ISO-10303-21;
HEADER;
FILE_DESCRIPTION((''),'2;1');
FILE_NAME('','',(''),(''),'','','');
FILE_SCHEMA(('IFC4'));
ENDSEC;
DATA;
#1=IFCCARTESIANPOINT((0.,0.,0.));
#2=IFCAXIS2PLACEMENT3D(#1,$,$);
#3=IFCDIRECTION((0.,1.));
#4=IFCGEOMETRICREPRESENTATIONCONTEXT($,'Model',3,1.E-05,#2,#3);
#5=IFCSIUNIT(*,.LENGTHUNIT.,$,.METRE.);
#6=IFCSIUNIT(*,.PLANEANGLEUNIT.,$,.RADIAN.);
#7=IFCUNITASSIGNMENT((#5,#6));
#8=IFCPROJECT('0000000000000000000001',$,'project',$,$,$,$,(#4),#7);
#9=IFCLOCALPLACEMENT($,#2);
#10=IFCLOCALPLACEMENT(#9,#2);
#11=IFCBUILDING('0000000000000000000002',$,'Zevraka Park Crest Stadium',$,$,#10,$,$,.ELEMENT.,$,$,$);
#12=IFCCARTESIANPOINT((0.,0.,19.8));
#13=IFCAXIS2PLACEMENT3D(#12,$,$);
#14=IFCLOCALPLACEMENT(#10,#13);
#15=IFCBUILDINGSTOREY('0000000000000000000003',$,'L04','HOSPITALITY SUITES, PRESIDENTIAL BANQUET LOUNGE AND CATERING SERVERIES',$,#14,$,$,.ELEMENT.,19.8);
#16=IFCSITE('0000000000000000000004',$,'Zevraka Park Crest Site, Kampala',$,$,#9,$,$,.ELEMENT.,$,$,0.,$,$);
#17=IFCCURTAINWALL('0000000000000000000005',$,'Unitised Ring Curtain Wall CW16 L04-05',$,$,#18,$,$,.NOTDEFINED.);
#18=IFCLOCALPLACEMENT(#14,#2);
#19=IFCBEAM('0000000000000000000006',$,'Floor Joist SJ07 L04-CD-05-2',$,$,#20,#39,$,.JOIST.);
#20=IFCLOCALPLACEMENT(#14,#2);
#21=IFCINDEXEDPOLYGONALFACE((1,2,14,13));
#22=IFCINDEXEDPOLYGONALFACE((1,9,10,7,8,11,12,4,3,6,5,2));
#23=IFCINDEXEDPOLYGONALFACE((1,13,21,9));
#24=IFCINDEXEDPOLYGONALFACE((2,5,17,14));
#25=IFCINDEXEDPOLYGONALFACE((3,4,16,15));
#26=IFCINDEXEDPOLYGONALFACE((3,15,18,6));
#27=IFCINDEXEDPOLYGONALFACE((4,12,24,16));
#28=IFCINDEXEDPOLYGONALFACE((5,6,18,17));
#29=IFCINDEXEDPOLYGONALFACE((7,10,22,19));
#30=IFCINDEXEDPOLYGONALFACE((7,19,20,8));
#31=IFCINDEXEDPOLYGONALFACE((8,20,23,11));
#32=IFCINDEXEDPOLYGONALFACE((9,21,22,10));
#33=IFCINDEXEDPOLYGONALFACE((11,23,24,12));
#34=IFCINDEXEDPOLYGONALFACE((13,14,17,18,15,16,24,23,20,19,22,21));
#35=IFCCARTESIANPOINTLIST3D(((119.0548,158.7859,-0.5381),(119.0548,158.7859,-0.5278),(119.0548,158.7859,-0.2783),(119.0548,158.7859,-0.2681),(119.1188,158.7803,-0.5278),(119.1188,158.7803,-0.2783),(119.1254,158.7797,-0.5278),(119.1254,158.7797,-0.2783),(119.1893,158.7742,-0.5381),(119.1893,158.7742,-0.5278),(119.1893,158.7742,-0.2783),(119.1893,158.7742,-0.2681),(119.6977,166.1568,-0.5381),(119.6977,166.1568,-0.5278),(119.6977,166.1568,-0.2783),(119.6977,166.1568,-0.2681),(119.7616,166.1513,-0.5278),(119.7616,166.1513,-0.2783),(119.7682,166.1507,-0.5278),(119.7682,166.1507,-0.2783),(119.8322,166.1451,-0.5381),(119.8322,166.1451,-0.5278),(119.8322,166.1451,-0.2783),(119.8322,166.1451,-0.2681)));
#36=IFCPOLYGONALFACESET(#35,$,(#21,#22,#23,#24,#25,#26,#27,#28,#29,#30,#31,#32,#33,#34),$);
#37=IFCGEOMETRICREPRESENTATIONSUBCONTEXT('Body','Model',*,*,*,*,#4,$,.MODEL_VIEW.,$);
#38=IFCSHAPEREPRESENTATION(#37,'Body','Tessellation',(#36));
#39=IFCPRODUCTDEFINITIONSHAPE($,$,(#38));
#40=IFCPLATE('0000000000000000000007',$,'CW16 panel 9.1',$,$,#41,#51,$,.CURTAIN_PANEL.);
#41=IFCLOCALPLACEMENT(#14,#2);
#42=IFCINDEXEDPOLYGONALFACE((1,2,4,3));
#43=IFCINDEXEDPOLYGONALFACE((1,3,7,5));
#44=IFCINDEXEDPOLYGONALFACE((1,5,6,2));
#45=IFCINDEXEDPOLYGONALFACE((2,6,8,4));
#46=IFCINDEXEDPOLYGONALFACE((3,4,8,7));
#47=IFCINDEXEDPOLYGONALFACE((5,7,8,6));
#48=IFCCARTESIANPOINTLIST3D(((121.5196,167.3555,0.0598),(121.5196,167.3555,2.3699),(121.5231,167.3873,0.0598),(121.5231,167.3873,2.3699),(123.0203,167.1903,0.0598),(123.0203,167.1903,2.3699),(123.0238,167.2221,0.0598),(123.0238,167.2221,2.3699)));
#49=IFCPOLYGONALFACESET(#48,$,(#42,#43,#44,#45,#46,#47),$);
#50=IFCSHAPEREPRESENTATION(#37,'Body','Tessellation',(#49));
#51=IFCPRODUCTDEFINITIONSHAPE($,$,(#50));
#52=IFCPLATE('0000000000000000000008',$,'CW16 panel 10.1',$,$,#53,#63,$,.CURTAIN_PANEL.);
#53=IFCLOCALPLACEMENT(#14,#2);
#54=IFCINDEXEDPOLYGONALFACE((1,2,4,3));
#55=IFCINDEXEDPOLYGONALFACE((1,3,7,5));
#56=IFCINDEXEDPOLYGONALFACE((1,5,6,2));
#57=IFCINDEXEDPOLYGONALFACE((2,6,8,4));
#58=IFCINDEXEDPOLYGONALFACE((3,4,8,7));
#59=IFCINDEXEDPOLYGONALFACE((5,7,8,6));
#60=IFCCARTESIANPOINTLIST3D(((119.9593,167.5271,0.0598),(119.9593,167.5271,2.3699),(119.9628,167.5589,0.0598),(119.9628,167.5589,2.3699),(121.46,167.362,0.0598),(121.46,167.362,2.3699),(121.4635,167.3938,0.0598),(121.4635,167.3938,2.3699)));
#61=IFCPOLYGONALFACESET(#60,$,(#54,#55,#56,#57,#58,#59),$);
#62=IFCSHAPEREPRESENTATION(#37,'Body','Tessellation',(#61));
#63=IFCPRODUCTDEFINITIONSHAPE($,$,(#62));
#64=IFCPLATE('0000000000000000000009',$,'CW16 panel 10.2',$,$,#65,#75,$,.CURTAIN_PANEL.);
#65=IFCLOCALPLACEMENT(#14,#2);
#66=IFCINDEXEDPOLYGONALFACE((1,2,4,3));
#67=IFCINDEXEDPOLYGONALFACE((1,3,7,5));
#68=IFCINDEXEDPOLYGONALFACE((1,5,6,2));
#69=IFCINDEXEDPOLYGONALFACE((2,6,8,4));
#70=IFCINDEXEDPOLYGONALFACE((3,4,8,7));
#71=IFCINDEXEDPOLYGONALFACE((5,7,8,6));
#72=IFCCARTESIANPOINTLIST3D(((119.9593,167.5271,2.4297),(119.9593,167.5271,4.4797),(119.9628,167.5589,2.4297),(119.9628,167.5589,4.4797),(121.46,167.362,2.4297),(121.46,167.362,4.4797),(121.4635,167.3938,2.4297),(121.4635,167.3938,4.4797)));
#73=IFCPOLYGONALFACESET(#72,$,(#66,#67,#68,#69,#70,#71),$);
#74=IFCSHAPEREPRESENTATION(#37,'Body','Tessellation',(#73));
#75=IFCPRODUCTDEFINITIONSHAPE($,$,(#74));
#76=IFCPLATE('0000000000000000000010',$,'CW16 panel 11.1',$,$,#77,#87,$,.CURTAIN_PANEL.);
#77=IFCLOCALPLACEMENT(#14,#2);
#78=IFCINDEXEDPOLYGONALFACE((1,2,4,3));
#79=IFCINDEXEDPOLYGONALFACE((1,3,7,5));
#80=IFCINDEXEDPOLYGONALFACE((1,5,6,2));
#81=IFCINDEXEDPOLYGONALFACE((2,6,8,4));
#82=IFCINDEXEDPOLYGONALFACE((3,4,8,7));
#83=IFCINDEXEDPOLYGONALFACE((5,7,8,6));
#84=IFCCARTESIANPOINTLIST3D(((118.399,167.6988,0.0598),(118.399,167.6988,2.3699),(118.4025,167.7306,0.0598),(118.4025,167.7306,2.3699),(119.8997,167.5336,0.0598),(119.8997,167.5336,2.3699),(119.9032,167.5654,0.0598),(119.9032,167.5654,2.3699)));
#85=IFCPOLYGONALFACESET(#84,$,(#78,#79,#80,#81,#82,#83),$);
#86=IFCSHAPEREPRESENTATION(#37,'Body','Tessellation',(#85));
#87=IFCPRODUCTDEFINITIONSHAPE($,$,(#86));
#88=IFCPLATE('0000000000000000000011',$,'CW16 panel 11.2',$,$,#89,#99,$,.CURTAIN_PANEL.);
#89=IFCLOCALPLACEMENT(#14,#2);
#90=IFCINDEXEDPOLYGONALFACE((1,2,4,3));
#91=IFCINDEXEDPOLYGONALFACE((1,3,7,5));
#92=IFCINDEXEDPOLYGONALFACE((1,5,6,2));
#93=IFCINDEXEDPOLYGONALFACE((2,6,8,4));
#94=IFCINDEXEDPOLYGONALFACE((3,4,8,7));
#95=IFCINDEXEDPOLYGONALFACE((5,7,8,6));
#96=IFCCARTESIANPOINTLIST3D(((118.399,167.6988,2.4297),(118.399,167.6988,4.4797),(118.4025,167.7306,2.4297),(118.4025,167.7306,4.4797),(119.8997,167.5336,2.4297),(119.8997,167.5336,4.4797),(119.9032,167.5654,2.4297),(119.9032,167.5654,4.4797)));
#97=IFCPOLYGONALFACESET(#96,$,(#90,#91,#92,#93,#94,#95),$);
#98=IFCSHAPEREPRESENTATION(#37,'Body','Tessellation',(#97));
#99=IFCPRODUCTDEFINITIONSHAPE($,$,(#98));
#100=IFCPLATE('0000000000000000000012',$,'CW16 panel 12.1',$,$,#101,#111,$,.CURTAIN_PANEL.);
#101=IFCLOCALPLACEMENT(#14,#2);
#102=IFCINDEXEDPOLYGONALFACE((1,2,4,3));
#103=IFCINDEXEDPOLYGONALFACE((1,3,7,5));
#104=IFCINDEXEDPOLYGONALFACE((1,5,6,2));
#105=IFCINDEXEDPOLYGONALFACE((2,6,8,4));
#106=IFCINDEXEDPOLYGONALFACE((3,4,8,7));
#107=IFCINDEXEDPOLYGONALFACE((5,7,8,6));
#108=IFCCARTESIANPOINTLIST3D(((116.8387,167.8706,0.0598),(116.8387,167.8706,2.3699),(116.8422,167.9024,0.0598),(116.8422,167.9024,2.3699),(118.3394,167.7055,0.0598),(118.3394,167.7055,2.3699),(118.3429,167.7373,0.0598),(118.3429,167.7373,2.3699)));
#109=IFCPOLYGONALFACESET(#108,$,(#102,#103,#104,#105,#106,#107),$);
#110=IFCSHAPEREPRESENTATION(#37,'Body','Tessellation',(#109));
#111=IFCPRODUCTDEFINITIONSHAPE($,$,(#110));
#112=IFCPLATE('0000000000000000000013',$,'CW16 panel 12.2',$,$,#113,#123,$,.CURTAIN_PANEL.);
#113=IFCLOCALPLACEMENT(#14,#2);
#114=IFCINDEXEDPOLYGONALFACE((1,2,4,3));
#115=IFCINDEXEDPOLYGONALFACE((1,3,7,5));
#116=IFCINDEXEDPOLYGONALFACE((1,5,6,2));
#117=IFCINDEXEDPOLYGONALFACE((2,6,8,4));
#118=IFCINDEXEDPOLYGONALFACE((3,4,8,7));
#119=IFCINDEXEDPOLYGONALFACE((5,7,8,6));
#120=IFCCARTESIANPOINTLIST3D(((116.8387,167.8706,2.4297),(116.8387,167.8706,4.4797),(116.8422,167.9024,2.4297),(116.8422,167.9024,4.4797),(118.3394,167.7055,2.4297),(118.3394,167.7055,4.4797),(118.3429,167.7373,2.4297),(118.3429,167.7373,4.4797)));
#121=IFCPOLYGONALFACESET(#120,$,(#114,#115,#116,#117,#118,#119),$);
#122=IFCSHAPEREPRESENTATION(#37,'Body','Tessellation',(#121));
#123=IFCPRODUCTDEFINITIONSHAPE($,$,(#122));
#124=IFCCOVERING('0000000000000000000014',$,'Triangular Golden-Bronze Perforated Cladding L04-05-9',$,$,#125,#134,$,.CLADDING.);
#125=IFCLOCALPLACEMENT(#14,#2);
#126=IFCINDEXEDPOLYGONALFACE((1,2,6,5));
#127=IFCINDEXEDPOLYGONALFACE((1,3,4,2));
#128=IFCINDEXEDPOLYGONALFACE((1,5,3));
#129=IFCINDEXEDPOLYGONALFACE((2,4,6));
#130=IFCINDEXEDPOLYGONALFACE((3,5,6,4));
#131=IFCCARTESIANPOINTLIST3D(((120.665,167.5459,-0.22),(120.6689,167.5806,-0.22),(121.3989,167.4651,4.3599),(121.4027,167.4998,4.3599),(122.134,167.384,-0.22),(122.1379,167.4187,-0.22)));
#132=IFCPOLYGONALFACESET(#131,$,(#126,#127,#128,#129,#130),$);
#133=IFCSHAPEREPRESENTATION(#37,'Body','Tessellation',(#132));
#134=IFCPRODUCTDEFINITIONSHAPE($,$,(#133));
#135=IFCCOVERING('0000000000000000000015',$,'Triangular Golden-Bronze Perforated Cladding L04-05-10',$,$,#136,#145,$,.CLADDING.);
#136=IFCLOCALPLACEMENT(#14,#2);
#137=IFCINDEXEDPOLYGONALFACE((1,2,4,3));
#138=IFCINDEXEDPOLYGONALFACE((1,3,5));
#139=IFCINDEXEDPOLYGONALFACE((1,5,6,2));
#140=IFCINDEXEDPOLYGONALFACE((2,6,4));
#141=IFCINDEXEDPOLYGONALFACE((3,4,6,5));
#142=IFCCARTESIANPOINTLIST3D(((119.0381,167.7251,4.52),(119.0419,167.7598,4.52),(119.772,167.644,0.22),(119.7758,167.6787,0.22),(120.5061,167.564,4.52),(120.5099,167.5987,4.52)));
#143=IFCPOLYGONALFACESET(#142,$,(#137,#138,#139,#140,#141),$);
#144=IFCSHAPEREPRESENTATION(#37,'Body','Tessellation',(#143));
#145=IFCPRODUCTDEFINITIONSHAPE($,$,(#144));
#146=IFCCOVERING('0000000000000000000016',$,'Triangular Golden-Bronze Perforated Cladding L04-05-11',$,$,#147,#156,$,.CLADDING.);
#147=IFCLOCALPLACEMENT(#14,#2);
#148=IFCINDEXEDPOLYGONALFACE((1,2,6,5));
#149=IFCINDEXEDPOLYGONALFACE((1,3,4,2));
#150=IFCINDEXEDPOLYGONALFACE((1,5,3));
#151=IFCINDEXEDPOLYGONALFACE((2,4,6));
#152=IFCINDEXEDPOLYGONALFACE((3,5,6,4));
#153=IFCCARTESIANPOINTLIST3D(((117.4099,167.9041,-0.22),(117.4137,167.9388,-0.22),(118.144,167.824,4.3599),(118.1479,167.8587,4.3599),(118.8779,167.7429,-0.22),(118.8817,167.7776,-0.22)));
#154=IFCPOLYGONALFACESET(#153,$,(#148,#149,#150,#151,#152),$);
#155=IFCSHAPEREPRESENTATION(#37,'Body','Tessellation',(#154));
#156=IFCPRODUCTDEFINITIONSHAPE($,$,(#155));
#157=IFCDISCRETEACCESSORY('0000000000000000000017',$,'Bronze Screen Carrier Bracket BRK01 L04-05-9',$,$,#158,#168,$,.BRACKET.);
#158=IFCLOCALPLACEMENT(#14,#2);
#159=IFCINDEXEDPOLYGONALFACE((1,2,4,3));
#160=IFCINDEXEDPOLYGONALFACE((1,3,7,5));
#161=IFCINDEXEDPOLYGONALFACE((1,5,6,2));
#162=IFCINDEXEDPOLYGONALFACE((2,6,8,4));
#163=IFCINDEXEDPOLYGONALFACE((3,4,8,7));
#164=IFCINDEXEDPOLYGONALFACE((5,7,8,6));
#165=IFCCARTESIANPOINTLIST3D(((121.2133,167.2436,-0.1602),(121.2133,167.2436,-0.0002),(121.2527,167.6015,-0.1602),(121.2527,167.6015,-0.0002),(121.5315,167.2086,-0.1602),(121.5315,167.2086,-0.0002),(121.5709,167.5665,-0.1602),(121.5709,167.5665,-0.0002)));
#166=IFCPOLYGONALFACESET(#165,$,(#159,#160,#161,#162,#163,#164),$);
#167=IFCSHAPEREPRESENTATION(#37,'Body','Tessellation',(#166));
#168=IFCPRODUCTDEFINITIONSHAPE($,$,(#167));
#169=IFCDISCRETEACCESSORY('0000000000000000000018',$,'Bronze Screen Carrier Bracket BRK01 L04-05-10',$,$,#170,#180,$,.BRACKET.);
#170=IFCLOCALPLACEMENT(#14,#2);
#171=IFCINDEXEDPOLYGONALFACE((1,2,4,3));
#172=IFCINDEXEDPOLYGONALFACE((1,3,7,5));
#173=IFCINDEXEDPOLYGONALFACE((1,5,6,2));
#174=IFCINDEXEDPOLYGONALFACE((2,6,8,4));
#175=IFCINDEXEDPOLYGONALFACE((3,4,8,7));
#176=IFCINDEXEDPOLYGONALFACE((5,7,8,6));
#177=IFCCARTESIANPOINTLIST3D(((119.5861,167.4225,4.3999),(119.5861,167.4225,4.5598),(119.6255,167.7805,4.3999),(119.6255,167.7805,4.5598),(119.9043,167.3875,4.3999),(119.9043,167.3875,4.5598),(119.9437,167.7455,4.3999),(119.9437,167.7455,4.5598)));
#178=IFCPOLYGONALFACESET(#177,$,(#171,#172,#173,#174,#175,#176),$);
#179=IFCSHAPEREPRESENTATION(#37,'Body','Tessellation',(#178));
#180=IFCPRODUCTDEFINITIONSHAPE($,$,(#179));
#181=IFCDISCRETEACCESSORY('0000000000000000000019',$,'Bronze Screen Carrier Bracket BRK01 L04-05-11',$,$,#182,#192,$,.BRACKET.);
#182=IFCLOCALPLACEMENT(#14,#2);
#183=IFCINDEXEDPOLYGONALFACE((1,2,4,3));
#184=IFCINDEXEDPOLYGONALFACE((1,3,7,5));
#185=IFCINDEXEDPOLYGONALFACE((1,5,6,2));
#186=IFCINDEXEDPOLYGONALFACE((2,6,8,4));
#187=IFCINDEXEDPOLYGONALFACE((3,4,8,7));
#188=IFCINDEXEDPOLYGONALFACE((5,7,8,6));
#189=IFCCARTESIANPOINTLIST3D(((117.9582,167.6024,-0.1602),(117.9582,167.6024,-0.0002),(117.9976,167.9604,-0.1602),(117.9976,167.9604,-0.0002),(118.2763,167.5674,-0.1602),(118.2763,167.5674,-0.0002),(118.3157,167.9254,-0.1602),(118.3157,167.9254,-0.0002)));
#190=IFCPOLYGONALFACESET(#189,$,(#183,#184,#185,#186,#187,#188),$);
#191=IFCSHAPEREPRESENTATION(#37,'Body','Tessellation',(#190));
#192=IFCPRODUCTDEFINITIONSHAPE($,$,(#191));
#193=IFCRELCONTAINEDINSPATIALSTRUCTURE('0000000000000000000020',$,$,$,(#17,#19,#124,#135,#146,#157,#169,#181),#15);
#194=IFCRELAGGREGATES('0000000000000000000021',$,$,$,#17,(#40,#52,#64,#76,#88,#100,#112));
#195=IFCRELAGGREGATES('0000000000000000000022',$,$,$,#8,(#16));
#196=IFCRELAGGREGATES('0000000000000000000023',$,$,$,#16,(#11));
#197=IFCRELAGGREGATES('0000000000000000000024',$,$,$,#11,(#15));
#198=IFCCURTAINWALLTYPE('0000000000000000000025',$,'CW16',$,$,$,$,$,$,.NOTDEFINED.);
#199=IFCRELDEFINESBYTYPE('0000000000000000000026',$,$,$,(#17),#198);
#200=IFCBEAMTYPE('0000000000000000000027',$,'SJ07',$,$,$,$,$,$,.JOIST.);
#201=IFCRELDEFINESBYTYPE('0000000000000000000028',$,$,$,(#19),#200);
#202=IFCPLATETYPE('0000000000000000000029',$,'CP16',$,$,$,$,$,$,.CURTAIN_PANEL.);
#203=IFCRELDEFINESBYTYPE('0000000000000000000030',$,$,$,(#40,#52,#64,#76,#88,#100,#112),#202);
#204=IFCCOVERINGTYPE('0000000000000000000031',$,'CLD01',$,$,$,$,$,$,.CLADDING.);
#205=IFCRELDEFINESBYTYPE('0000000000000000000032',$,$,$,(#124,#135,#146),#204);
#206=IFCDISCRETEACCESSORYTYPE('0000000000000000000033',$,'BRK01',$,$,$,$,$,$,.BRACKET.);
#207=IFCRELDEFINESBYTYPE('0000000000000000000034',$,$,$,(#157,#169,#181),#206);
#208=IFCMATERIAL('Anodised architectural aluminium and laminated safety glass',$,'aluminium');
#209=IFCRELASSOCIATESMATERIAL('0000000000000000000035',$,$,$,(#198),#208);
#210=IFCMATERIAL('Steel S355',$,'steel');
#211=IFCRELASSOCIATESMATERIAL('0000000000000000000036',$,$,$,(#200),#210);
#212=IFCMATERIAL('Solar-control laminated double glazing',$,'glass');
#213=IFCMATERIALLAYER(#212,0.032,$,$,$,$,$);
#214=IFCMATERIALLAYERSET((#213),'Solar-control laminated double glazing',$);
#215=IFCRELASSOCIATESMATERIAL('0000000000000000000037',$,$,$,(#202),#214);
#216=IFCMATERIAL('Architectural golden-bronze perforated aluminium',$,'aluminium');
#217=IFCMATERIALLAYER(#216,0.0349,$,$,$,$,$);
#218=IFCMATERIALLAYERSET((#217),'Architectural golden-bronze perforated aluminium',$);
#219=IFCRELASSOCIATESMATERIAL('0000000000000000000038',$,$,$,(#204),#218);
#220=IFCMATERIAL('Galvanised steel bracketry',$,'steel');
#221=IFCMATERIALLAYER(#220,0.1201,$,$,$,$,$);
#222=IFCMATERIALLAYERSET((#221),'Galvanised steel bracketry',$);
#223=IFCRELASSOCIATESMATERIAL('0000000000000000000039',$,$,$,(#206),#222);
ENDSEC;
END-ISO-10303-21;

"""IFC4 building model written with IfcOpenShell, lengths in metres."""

from ifc_helpers import new_model, si_unit, direction, frame, origin, origin_2d, place, context, subcontext, project, spatial, polyline, rectangle, i_section, outline, extrude, material, layer, layer_set, material_profile, profile_set, type_object, element, aggregate, save


model = new_model("IFC4")

# Units and contexts
model_context = context("Model", 3, precision=1e-05, world=origin(), true_north=direction((0.0, 1.0)))
body_context = subcontext(model_context, "Body", "Model", "MODEL_VIEW")
ifc_project = project(units=[si_unit("LENGTHUNIT", "METRE"), si_unit("PLANEANGLEUNIT", "RADIAN")], contexts=[model_context])

# Site, building, storey
site_placement = place(None, origin())
site = spatial("IfcSite", under=ifc_project, at=site_placement, Name="Zevraka Park Crest Site, Kampala", CompositionType="ELEMENT", RefElevation=0.0)
building_placement = place(site_placement, origin())
building = spatial("IfcBuilding", under=site, at=building_placement, Name="Zevraka Park Crest Stadium", CompositionType="ELEMENT")
storey_placement = place(building_placement, frame((0.0, 0.0, 19.8)))
storey = spatial("IfcBuildingStorey", under=building, at=storey_placement, Name="L04", Description="HOSPITALITY SUITES, PRESIDENTIAL BANQUET LOUNGE AND CATERING SERVERIES", CompositionType="ELEMENT", Elevation=19.8)

# Curtain wall
ifc_material_1 = material(Name="Anodised architectural aluminium and laminated safety glass", Category="aluminium")
curtain_wall_type = type_object("IfcCurtainWallType", Name="CW16", PredefinedType="NOTDEFINED", material=ifc_material_1)
curtain_wall_placement = place(storey_placement, origin())
curtain_wall = element("IfcCurtainWall", 1, at=curtain_wall_placement, inside=storey, type_object=curtain_wall_type, Name="Unitised Ring Curtain Wall CW16 L04-05", PredefinedType="NOTDEFINED")

# Beam
ifc_material_2 = material(Name="Steel S355", Category="steel")
ifc_material_profile_1 = material_profile(ifc_material_2, i_section(OverallWidth=0.135, OverallDepth=0.27, WebThickness=0.0066, FlangeThickness=0.0103, at=origin_2d()), Name="IPE 270")
ifc_profile_set_1 = profile_set([ifc_material_profile_1], Name="Steel S355")
beam_type = type_object("IfcBeamType", Name="SJ07", PredefinedType="JOIST", material=ifc_profile_set_1)
beam_placement = place(storey_placement, frame((119.1221, 158.78, -0.4031), z_axis=(0.086882, 0.996219, 0.0), x_axis=(-0.996219, 0.086882, 0.0)))
element("IfcBeam", 2, at=beam_placement, inside=storey, type_object=beam_type, Name="Floor Joist SJ07 L04-CD-05-2", PredefinedType="JOIST", context=body_context, shape_type="SweptSolid", body=[
    extrude(i_section(OverallWidth=0.135, OverallDepth=0.27, WebThickness=0.0066, FlangeThickness=0.0103, at=origin_2d()), origin(), (0.0, 0.0, 1.0), 7.3989),
])

# Plates
ifc_material_3 = material(Name="Solar-control laminated double glazing", Category="glass")
ifc_layer_1 = layer(ifc_material_3, 0.032)
ifc_layer_set_1 = layer_set([ifc_layer_1], Name="Solar-control laminated double glazing")
plate_type = type_object("IfcPlateType", Name="CP16", PredefinedType="CURTAIN_PANEL", material=ifc_layer_set_1)
plate_1_placement = place(storey_placement, frame((122.2717, 167.2888, 0.0598), z_axis=(0.0, 0.0, 1.0), x_axis=(-0.993997, 0.109406, 0.0)))
plate_1 = element("IfcPlate", 3, at=plate_1_placement, type_object=plate_type, Name="CW16 panel 9.1", PredefinedType="CURTAIN_PANEL", context=body_context, shape_type="SweptSolid", body=[
    extrude(rectangle(XDim=1.5098, YDim=0.032, at=origin_2d()), origin(), (0.0, 0.0, 1.0), 2.3101),
])
plate_2_placement = place(storey_placement, frame((120.7114, 167.4604, 0.0598), z_axis=(0.0, 0.0, 1.0), x_axis=(-0.993997, 0.109406, 0.0)))
plate_2 = element("IfcPlate", 4, at=plate_2_placement, type_object=plate_type, Name="CW16 panel 10.1", PredefinedType="CURTAIN_PANEL", context=body_context, shape_type="SweptSolid", body=[
    extrude(rectangle(XDim=1.5098, YDim=0.032, at=origin_2d()), origin(), (0.0, 0.0, 1.0), 2.3101),
])
plate_3_placement = place(storey_placement, frame((120.7114, 167.4604, 2.4297), z_axis=(0.0, 0.0, 1.0), x_axis=(-0.993997, 0.109406, 0.0)))
plate_3 = element("IfcPlate", 5, at=plate_3_placement, type_object=plate_type, Name="CW16 panel 10.2", PredefinedType="CURTAIN_PANEL", context=body_context, shape_type="SweptSolid", body=[
    extrude(rectangle(XDim=1.5098, YDim=0.032, at=origin_2d()), origin(), (0.0, 0.0, 1.0), 2.05),
])
plate_4_placement = place(storey_placement, frame((119.1511, 167.6321, 0.0598), z_axis=(0.0, 0.0, 1.0), x_axis=(-0.993997, 0.109406, 0.0)))
plate_4 = element("IfcPlate", 6, at=plate_4_placement, type_object=plate_type, Name="CW16 panel 11.1", PredefinedType="CURTAIN_PANEL", context=body_context, shape_type="SweptSolid", body=[
    extrude(rectangle(XDim=1.5098, YDim=0.032, at=origin_2d()), origin(), (0.0, 0.0, 1.0), 2.3101),
])
plate_5_placement = place(storey_placement, frame((119.1511, 167.6321, 2.4297), z_axis=(0.0, 0.0, 1.0), x_axis=(-0.993997, 0.109406, 0.0)))
plate_5 = element("IfcPlate", 7, at=plate_5_placement, type_object=plate_type, Name="CW16 panel 11.2", PredefinedType="CURTAIN_PANEL", context=body_context, shape_type="SweptSolid", body=[
    extrude(rectangle(XDim=1.5098, YDim=0.032, at=origin_2d()), origin(), (0.0, 0.0, 1.0), 2.05),
])
plate_6_placement = place(storey_placement, frame((117.5908, 167.804, 0.0598), z_axis=(0.0, 0.0, 1.0), x_axis=(-0.993997, 0.109406, 0.0)))
plate_6 = element("IfcPlate", 8, at=plate_6_placement, type_object=plate_type, Name="CW16 panel 12.1", PredefinedType="CURTAIN_PANEL", context=body_context, shape_type="SweptSolid", body=[
    extrude(rectangle(XDim=1.5098, YDim=0.032, at=origin_2d()), origin(), (0.0, 0.0, 1.0), 2.3101),
])
plate_7_placement = place(storey_placement, frame((117.5908, 167.804, 2.4297), z_axis=(0.0, 0.0, 1.0), x_axis=(-0.993997, 0.109406, 0.0)))
plate_7 = element("IfcPlate", 9, at=plate_7_placement, type_object=plate_type, Name="CW16 panel 12.2", PredefinedType="CURTAIN_PANEL", context=body_context, shape_type="SweptSolid", body=[
    extrude(rectangle(XDim=1.5098, YDim=0.032, at=origin_2d()), origin(), (0.0, 0.0, 1.0), 2.05),
])
aggregate(curtain_wall, [plate_1, plate_2, plate_3, plate_4, plate_5, plate_6, plate_7])

# Coverings
ifc_material_4 = material(Name="Architectural golden-bronze perforated aluminium", Category="aluminium")
ifc_layer_2 = layer(ifc_material_4, 0.0349)
ifc_layer_set_2 = layer_set([ifc_layer_2], Name="Architectural golden-bronze perforated aluminium")
covering_type = type_object("IfcCoveringType", Name="CLD01", PredefinedType="CLADDING", material=ifc_layer_set_2)
covering_1_placement = place(storey_placement, frame((122.134, 167.384, -0.22), z_axis=(-0.109525, -0.993984, 0.000012), x_axis=(-0.993984, 0.109525, 0.0)))
element("IfcCovering", 10, at=covering_1_placement, inside=storey, type_object=covering_type, Name="Triangular Golden-Bronze Perforated Cladding L04-05-9", PredefinedType="CLADDING", context=body_context, shape_type="SweptSolid", body=[
    extrude(outline(polyline([(0.0, 0.0), (1.4779, 0.0), (0.7396, -4.5798), (0.0, 0.0)])), origin(), (0.0, 0.0, -1.0), 0.0349),
])
covering_2_placement = place(storey_placement, frame((119.0381, 167.7251, 4.52), z_axis=(-0.109107, -0.99403, 0.000116), x_axis=(0.99403, -0.109107, 0.0)))
element("IfcCovering", 11, at=covering_2_placement, inside=storey, type_object=covering_type, Name="Triangular Golden-Bronze Perforated Cladding L04-05-10", PredefinedType="CLADDING", context=body_context, shape_type="SweptSolid", body=[
    extrude(outline(polyline([(0.0, 0.0), (1.4768, 0.0), (0.7383, -4.3), (0.0, 0.0)])), origin(), (0.0, 0.0, -1.0), 0.0349),
])
covering_3_placement = place(storey_placement, frame((118.8779, 167.7429, -0.22), z_axis=(-0.109107, -0.99403, 0.000109), x_axis=(-0.99403, 0.109107, 0.0)))
element("IfcCovering", 12, at=covering_3_placement, inside=storey, type_object=covering_type, Name="Triangular Golden-Bronze Perforated Cladding L04-05-11", PredefinedType="CLADDING", context=body_context, shape_type="SweptSolid", body=[
    extrude(outline(polyline([(0.0, 0.0), (1.4768, 0.0), (0.7383, -4.5798), (0.0, 0.0)])), origin(), (0.0, 0.0, -1.0), 0.0349),
])

# Discrete accessories
ifc_material_5 = material(Name="Galvanised steel bracketry", Category="steel")
ifc_layer_3 = layer(ifc_material_5, 0.1201)
ifc_layer_set_3 = layer_set([ifc_layer_3], Name="Galvanised steel bracketry")
discrete_accessory_type = type_object("IfcDiscreteAccessoryType", Name="BRK01", PredefinedType="BRACKET", material=ifc_layer_set_3)
for number, where, z_axis, x_axis, name in (
    (13, (121.3921, 167.405, -0.1602), (0.0, 0.0, 1.0), (-0.993999, 0.109387, 0.0), "Bronze Screen Carrier Bracket BRK01 L04-05-9"),
    (14, (119.7649, 167.584, 4.3999), (0.0, 0.0, 1.0), (-0.993999, 0.109387, 0.0), "Bronze Screen Carrier Bracket BRK01 L04-05-10"),
    (15, (118.137, 167.7639, -0.1602), (0.0, 0.0, 1.0), (-0.993999, 0.109387, 0.0), "Bronze Screen Carrier Bracket BRK01 L04-05-11"),
):
    element("IfcDiscreteAccessory", number, at=place(storey_placement, frame(where, z_axis=z_axis, x_axis=x_axis)), inside=storey, type_object=discrete_accessory_type, Name=name, PredefinedType="BRACKET", context=body_context, shape_type="SweptSolid", body=[
        extrude(rectangle(XDim=0.3201, YDim=0.3601, at=origin_2d()), origin(), (0.0, 0.0, 1.0), 0.1599),
    ])

save(model, "model.ifc")
